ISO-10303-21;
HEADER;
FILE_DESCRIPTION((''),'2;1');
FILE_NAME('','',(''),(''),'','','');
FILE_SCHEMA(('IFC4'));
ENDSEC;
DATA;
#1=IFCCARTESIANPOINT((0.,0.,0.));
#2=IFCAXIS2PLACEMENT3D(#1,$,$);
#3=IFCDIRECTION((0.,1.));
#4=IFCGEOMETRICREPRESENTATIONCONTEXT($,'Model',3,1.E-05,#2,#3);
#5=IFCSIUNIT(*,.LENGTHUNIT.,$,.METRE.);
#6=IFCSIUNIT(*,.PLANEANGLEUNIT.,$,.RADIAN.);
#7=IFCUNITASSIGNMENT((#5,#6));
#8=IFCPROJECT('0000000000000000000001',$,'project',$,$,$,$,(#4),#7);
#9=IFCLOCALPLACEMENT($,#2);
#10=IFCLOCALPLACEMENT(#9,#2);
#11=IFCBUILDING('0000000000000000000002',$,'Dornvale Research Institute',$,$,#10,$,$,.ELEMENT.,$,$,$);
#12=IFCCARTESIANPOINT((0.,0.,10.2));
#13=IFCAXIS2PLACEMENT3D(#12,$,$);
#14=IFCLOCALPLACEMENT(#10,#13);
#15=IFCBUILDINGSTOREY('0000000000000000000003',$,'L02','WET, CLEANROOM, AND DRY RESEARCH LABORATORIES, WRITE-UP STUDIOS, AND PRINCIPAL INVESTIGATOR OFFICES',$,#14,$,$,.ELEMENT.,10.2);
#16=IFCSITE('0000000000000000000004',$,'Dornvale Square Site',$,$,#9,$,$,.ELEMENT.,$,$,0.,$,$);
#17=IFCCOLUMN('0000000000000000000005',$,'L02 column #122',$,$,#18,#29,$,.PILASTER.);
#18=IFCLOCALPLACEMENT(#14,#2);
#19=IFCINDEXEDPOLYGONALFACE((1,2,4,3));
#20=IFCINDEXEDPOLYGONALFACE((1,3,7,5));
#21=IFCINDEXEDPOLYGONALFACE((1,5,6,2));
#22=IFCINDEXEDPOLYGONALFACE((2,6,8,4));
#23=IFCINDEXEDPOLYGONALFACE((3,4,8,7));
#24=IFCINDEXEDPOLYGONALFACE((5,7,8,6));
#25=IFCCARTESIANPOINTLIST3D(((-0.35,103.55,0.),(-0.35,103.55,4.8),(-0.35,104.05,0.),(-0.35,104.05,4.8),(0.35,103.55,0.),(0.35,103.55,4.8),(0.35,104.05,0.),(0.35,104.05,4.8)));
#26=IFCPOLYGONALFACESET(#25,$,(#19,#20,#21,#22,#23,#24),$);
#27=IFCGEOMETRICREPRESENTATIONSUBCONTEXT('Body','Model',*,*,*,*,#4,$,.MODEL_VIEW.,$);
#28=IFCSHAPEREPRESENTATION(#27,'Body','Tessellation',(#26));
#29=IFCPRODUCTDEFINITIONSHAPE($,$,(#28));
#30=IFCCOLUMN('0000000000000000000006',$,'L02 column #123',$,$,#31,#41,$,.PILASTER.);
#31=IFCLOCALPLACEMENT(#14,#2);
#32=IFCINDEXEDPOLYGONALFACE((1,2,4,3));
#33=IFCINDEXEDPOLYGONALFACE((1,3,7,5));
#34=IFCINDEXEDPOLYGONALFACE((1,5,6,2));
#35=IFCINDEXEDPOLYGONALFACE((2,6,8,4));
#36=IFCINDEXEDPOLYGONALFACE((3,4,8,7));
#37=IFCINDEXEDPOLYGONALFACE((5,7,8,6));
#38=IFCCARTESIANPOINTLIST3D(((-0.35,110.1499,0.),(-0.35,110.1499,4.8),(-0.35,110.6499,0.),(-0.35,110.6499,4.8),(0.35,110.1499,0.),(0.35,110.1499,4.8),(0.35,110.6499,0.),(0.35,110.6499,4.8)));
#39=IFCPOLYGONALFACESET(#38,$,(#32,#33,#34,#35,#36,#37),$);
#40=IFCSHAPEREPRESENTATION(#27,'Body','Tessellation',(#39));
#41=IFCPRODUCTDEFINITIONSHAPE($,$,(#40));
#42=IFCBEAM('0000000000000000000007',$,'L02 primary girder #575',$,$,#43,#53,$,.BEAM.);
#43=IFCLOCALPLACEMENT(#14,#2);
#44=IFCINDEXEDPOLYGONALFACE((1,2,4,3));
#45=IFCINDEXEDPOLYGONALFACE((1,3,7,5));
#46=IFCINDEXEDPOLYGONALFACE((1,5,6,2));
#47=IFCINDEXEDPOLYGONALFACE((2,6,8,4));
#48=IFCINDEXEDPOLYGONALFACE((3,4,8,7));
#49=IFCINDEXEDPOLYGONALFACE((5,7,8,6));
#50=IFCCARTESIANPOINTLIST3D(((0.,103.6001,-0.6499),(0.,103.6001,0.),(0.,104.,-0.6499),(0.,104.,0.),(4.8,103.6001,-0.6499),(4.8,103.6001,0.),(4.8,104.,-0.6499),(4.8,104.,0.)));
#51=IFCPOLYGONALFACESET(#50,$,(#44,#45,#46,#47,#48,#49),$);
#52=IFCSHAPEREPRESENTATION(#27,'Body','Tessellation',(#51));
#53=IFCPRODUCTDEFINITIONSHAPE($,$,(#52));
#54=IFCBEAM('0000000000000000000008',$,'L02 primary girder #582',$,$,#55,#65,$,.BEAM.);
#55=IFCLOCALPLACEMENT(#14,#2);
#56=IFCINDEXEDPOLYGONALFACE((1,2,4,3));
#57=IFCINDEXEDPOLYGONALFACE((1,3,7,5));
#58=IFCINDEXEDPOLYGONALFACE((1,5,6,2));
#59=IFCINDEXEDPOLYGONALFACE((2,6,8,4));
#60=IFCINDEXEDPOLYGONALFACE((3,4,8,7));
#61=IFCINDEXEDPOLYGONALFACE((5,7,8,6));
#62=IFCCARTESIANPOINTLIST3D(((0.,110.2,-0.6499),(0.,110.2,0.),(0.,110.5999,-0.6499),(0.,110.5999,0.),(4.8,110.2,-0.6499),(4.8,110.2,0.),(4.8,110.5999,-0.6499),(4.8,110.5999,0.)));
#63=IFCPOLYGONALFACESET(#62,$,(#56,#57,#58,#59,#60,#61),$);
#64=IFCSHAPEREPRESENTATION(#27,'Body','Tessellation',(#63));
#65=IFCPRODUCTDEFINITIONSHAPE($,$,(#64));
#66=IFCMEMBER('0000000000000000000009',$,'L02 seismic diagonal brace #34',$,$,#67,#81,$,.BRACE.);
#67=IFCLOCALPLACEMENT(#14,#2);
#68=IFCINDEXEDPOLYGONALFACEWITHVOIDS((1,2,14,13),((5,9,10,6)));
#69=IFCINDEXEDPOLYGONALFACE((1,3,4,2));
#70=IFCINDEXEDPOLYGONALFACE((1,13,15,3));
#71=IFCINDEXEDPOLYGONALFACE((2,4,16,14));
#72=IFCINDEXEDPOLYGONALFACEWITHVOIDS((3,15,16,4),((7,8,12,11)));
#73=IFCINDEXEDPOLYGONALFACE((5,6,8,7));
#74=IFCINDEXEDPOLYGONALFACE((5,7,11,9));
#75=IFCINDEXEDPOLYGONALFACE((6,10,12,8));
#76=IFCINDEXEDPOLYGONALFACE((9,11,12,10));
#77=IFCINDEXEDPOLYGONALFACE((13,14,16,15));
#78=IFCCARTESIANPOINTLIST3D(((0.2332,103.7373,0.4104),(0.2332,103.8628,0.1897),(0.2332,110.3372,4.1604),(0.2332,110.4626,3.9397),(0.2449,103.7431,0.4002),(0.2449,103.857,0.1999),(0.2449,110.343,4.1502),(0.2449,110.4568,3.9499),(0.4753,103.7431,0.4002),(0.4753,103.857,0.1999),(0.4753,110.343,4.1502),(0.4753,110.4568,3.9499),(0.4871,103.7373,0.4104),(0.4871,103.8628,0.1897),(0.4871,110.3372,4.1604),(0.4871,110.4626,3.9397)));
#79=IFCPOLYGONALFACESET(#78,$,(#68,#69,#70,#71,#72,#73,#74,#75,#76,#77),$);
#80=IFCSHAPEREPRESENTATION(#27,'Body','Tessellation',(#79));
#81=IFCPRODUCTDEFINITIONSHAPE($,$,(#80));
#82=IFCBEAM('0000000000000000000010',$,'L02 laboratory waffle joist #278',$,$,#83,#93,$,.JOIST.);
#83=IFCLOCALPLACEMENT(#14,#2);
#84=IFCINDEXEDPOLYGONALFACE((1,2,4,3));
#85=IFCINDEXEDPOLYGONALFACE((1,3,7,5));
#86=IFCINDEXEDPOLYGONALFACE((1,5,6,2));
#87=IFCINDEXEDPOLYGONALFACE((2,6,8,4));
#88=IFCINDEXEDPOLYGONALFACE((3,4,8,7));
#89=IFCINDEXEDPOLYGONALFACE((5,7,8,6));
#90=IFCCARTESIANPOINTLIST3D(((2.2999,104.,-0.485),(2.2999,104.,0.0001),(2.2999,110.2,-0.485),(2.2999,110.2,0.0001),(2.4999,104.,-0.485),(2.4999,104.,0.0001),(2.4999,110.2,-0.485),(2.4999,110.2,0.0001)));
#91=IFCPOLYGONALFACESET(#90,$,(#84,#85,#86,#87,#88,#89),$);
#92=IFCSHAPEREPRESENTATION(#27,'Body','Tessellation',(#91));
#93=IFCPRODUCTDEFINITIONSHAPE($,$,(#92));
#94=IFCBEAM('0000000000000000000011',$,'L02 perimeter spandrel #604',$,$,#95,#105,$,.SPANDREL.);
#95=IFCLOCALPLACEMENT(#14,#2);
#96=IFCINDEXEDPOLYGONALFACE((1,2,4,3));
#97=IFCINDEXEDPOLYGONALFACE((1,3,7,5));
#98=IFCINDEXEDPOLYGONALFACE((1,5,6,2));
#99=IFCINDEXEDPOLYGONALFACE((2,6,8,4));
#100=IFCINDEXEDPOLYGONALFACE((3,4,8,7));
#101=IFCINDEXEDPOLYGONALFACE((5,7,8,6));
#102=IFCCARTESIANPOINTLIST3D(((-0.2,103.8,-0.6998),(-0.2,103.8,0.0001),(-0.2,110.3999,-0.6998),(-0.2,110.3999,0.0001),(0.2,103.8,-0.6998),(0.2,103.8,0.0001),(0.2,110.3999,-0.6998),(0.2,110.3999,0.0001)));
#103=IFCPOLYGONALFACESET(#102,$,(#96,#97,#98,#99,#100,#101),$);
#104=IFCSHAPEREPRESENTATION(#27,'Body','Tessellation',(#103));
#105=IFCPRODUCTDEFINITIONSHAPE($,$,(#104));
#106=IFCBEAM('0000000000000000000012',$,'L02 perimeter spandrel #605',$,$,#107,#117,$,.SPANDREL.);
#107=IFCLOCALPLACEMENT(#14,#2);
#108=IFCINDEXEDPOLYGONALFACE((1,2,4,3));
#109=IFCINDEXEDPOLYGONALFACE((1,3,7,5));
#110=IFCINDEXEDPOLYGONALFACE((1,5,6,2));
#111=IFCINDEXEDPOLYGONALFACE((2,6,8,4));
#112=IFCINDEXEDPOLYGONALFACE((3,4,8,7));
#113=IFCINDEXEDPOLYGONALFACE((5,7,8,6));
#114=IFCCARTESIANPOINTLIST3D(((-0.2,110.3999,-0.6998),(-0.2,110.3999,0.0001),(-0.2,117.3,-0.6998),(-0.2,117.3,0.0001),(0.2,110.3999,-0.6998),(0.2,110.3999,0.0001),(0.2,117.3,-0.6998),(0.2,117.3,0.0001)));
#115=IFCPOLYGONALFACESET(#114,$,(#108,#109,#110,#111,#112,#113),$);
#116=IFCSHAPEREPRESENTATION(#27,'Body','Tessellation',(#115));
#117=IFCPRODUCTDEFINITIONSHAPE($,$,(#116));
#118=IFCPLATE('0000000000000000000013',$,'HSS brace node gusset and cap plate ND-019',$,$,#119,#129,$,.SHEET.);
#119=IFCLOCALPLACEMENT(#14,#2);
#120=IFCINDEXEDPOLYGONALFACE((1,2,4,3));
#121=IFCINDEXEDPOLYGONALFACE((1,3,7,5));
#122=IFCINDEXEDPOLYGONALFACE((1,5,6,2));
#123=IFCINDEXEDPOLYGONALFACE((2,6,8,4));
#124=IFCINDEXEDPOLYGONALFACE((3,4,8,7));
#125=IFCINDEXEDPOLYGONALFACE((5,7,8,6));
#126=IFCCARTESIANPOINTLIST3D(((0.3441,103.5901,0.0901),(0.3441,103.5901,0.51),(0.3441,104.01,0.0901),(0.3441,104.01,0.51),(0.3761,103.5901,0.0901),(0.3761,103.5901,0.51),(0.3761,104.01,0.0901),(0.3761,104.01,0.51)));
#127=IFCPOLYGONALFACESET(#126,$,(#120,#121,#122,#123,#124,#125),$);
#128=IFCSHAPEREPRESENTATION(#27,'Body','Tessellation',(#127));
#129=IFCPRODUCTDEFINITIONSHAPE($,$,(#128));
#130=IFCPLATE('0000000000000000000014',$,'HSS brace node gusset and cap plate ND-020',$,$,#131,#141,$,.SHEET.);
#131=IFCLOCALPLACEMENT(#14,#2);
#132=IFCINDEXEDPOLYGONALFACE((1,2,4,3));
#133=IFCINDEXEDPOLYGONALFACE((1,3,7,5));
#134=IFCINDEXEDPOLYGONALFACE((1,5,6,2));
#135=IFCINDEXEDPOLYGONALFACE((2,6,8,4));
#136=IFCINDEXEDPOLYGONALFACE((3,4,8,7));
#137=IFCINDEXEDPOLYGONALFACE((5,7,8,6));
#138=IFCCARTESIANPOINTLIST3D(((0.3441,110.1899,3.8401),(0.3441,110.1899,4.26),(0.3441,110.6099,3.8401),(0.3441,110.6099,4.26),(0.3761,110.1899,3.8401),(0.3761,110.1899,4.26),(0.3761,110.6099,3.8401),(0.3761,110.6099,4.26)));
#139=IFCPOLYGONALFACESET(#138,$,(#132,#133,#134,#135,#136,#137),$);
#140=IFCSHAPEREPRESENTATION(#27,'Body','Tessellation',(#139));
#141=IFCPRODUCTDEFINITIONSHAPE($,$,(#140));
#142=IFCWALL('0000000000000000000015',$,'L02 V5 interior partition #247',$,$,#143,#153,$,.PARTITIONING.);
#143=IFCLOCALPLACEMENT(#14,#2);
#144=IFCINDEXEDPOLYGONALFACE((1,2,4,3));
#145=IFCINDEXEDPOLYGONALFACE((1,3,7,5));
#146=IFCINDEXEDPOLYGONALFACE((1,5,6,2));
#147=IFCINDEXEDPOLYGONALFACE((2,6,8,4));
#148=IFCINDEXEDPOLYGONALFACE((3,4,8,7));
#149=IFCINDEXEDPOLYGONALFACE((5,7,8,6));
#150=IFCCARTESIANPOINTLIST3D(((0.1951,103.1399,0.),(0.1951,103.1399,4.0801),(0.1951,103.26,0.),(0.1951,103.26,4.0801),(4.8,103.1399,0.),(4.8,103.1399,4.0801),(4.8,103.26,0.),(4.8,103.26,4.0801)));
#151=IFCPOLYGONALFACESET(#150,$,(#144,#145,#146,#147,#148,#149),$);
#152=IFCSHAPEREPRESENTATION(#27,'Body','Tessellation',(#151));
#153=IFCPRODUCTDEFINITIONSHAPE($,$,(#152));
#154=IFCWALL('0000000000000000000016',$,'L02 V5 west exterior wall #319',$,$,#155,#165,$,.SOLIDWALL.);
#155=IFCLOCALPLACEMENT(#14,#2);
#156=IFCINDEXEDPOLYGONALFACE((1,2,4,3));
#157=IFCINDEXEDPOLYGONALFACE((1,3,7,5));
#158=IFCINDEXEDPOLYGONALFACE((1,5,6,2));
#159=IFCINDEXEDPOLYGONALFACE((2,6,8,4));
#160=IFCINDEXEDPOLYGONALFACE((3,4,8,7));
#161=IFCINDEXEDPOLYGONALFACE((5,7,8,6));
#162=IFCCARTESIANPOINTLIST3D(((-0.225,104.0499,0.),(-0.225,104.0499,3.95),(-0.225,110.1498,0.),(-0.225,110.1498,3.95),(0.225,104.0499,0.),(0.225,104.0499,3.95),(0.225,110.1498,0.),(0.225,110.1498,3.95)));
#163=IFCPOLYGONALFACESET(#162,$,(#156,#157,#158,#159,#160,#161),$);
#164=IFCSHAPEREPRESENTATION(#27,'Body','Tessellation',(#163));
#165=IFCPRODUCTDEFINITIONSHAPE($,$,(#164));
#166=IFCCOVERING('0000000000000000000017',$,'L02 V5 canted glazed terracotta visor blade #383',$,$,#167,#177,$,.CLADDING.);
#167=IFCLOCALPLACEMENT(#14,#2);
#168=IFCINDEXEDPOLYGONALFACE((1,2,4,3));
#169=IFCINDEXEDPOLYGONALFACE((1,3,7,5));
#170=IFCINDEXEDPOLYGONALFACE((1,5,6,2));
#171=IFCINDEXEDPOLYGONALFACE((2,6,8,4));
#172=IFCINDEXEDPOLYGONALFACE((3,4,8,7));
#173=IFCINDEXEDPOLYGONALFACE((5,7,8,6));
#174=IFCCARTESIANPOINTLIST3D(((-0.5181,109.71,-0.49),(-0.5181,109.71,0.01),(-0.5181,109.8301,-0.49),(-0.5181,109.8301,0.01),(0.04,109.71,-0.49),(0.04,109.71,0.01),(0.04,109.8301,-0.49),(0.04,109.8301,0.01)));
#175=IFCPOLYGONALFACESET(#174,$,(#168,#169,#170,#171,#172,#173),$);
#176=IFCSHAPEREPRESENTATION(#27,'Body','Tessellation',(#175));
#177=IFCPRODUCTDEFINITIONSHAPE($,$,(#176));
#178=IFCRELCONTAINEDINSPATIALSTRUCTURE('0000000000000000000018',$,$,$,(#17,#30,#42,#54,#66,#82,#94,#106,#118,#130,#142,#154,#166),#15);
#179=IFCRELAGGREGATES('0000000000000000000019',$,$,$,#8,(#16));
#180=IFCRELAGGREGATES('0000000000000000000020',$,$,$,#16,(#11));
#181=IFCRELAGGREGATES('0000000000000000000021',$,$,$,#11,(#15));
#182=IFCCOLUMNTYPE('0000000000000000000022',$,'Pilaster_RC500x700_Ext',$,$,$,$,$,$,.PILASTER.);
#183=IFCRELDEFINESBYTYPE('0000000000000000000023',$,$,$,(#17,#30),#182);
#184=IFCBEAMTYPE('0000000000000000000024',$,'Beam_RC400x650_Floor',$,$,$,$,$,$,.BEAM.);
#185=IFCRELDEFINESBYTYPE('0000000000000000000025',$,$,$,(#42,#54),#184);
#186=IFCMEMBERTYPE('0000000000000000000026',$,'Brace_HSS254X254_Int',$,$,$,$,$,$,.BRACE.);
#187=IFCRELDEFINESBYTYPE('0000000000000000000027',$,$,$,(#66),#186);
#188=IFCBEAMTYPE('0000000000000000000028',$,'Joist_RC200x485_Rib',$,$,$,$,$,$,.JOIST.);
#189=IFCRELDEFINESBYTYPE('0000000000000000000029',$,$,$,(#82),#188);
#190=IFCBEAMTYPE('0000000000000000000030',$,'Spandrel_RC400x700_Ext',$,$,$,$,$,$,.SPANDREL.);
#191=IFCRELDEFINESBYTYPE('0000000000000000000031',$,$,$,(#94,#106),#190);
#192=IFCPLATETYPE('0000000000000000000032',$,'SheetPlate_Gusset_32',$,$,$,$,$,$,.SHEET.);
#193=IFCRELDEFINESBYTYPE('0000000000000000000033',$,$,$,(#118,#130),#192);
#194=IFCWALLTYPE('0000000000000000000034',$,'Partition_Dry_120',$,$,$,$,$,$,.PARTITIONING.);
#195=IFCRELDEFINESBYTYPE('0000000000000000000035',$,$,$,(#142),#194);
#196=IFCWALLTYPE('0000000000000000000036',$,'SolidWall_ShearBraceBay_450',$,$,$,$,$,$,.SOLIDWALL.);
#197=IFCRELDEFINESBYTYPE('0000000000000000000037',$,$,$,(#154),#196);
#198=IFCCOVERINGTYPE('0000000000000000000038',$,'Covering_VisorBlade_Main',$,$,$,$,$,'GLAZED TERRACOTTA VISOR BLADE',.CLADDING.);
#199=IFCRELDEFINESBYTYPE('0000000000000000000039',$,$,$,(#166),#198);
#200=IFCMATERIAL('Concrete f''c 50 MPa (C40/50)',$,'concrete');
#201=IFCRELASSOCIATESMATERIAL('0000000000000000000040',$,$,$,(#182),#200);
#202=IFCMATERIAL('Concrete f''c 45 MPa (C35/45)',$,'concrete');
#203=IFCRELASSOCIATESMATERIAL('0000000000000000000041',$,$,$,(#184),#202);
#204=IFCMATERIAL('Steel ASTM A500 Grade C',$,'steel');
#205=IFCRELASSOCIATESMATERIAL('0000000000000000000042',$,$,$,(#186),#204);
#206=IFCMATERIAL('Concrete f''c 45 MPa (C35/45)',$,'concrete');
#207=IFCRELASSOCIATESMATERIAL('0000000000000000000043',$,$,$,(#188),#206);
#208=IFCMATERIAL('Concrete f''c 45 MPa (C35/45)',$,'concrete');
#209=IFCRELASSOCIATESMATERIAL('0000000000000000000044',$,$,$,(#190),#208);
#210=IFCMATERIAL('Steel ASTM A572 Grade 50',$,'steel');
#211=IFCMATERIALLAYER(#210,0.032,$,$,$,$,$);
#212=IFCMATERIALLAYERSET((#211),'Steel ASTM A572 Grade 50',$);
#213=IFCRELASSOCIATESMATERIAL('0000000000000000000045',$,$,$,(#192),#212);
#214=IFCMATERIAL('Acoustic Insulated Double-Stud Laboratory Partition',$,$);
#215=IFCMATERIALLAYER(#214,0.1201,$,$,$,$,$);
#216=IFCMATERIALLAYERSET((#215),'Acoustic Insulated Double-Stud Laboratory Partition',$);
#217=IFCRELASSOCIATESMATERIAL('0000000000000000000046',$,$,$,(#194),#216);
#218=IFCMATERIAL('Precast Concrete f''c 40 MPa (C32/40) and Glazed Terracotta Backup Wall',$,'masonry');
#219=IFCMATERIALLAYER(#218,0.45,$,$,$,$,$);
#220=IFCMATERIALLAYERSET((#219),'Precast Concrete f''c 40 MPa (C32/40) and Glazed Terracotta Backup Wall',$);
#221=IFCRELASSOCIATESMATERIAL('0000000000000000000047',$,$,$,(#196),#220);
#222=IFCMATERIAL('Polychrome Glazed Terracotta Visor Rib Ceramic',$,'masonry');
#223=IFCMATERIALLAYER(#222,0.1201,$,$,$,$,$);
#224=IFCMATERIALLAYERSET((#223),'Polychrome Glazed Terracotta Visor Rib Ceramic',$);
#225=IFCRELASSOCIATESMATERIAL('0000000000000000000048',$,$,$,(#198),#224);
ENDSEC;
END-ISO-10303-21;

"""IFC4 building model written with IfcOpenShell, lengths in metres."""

from ifc_helpers import new_model, si_unit, direction, frame, frame_2d, origin, origin_2d, place, context, subcontext, project, spatial, rectangle, hollow_rectangle, extrude, material, layer, layer_set, material_profile, profile_set, type_object, element, save


model = new_model("IFC4")

# Units and contexts
model_context = context("Model", 3, precision=1e-05, world=origin(), true_north=direction((0.0, 1.0)))
body_context = subcontext(model_context, "Body", "Model", "MODEL_VIEW")
ifc_project = project(units=[si_unit("LENGTHUNIT", "METRE"), si_unit("PLANEANGLEUNIT", "RADIAN")], contexts=[model_context])

# Site, building, storey
site_placement = place(None, origin())
site = spatial("IfcSite", under=ifc_project, at=site_placement, Name="Dornvale Square Site", CompositionType="ELEMENT", RefElevation=0.0)
building_placement = place(site_placement, origin())
building = spatial("IfcBuilding", under=site, at=building_placement, Name="Dornvale Research Institute", CompositionType="ELEMENT")
storey_placement = place(building_placement, frame((0.0, 0.0, 10.2)))
storey = spatial("IfcBuildingStorey", under=building, at=storey_placement, Name="L02", Description="WET, CLEANROOM, AND DRY RESEARCH LABORATORIES, WRITE-UP STUDIOS, AND PRINCIPAL INVESTIGATOR OFFICES", CompositionType="ELEMENT", Elevation=10.2)

# Columns
ifc_material_1 = material(Name="Concrete f'c 50 MPa (C40/50)", Category="concrete")
ifc_material_profile_1 = material_profile(ifc_material_1, rectangle(XDim=0.5, YDim=0.7, at=origin_2d()), Name="RC 500x700")
ifc_profile_set_1 = profile_set([ifc_material_profile_1], Name="Concrete f'c 50 MPa (C40/50)")
column_type = type_object("IfcColumnType", Name="Pilaster_RC500x700_Ext", PredefinedType="PILASTER", material=ifc_profile_set_1)
for number, where, z_axis, x_axis, name in (
    (1, (0.0, 103.8, 0.0), (0.0, 0.0, 1.0), (0.0, 1.0, 0.0), "L02 column #122"),
    (2, (0.0, 110.3999, 0.0), (0.0, 0.0, 1.0), (0.0, 1.0, 0.0), "L02 column #123"),
):
    element("IfcColumn", number, at=place(storey_placement, frame(where, z_axis=z_axis, x_axis=x_axis)), inside=storey, type_object=column_type, Name=name, PredefinedType="PILASTER", context=body_context, shape_type="SweptSolid", body=[
        extrude(rectangle(XDim=0.5, YDim=0.7, at=origin_2d()), origin(), (0.0, 0.0, 1.0), 4.8),
    ])

# Beams
ifc_material_2 = material(Name="Concrete f'c 45 MPa (C35/45)", Category="concrete")
ifc_material_profile_2 = material_profile(ifc_material_2, rectangle(XDim=0.3999, YDim=0.6499, at=origin_2d()), Name="RC 400x650")
ifc_profile_set_2 = profile_set([ifc_material_profile_2], Name="Concrete f'c 45 MPa (C35/45)")
beam_type_1 = type_object("IfcBeamType", Name="Beam_RC400x650_Floor", PredefinedType="BEAM", material=ifc_profile_set_2)
for number, where, z_axis, x_axis, name in (
    (3, (0.0, 103.8, -0.325), (1.0, 0.0, 0.0), (0.0, 1.0, 0.0), "L02 primary girder #575"),
    (4, (0.0, 110.3999, -0.325), (1.0, 0.0, 0.0), (0.0, 1.0, 0.0), "L02 primary girder #582"),
):
    element("IfcBeam", number, at=place(storey_placement, frame(where, z_axis=z_axis, x_axis=x_axis)), inside=storey, type_object=beam_type_1, Name=name, PredefinedType="BEAM", context=body_context, shape_type="SweptSolid", body=[
        extrude(rectangle(XDim=0.3999, YDim=0.6499, at=origin_2d()), origin(), (0.0, 0.0, 1.0), 4.8),
    ])

# Member
ifc_material_3 = material(Name="Steel ASTM A500 Grade C", Category="steel")
ifc_material_profile_3 = material_profile(ifc_material_3, hollow_rectangle(XDim=0.2539, YDim=0.2539, WallThickness=0.0117, at=origin_2d()), Name="HSS254X254X12.7")
ifc_profile_set_3 = profile_set([ifc_material_profile_3], Name="Steel ASTM A500 Grade C")
member_type = type_object("IfcMemberType", Name="Brace_HSS254X254_Int", PredefinedType="BRACE", material=ifc_profile_set_3)
member_placement = place(storey_placement, frame((0.3601, 103.8, 0.3), z_axis=(0.0, 0.869452, 0.494018), x_axis=(-1.0, 0.0, 0.0)))
element("IfcMember", 5, at=member_placement, inside=storey, type_object=member_type, Name="L02 seismic diagonal brace #34", PredefinedType="BRACE", context=body_context, shape_type="SweptSolid", body=[
    extrude(hollow_rectangle(XDim=0.2539, YDim=0.2539, WallThickness=0.0117, at=origin_2d()), origin(), (0.0, 0.0, 1.0), 7.5908),
])

# Beams
ifc_material_4 = material(Name="Concrete f'c 45 MPa (C35/45)", Category="concrete")
ifc_material_profile_4 = material_profile(ifc_material_4, rectangle(XDim=0.2, YDim=0.4851, at=origin_2d()), Name="RC 200x485")
ifc_profile_set_4 = profile_set([ifc_material_profile_4], Name="Concrete f'c 45 MPa (C35/45)")
beam_type_2 = type_object("IfcBeamType", Name="Joist_RC200x485_Rib", PredefinedType="JOIST", material=ifc_profile_set_4)
beam_1_placement = place(storey_placement, frame((2.3999, 104.0, -0.2424), z_axis=(0.0, 1.0, 0.0), x_axis=(-1.0, 0.0, 0.0)))
element("IfcBeam", 6, at=beam_1_placement, inside=storey, type_object=beam_type_2, Name="L02 laboratory waffle joist #278", PredefinedType="JOIST", context=body_context, shape_type="SweptSolid", body=[
    extrude(rectangle(XDim=0.2, YDim=0.4851, at=origin_2d()), origin(), (0.0, 0.0, 1.0), 6.2),
])
ifc_material_5 = material(Name="Concrete f'c 45 MPa (C35/45)", Category="concrete")
ifc_material_profile_5 = material_profile(ifc_material_5, rectangle(XDim=0.3999, YDim=0.7, at=origin_2d()), Name="RC 400x700")
ifc_profile_set_5 = profile_set([ifc_material_profile_5], Name="Concrete f'c 45 MPa (C35/45)")
beam_type_3 = type_object("IfcBeamType", Name="Spandrel_RC400x700_Ext", PredefinedType="SPANDREL", material=ifc_profile_set_5)
beam_2_placement = place(storey_placement, frame((0.0, 103.8, -0.3499), z_axis=(0.0, 1.0, 0.0), x_axis=(-1.0, 0.0, 0.0)))
element("IfcBeam", 7, at=beam_2_placement, inside=storey, type_object=beam_type_3, Name="L02 perimeter spandrel #604", PredefinedType="SPANDREL", context=body_context, shape_type="SweptSolid", body=[
    extrude(rectangle(XDim=0.3999, YDim=0.7, at=origin_2d()), origin(), (0.0, 0.0, 1.0), 6.5999),
])
beam_3_placement = place(storey_placement, frame((0.0, 110.3999, -0.3499), z_axis=(0.0, 1.0, 0.0), x_axis=(-1.0, 0.0, 0.0)))
element("IfcBeam", 8, at=beam_3_placement, inside=storey, type_object=beam_type_3, Name="L02 perimeter spandrel #605", PredefinedType="SPANDREL", context=body_context, shape_type="SweptSolid", body=[
    extrude(rectangle(XDim=0.3999, YDim=0.7, at=origin_2d()), origin(), (0.0, 0.0, 1.0), 6.9001),
])

# Plates
ifc_material_6 = material(Name="Steel ASTM A572 Grade 50", Category="steel")
ifc_layer_1 = layer(ifc_material_6, 0.032)
ifc_layer_set_1 = layer_set([ifc_layer_1], Name="Steel ASTM A572 Grade 50")
plate_type = type_object("IfcPlateType", Name="SheetPlate_Gusset_32", PredefinedType="SHEET", material=ifc_layer_set_1)
for number, where, z_axis, x_axis, name in (
    (9, (0.3601, 103.8, 0.0901), (0.0, 0.0, 1.0), (0.0, 1.0, 0.0), "HSS brace node gusset and cap plate ND-019"),
    (10, (0.3601, 110.3999, 3.8401), (0.0, 0.0, 1.0), (0.0, 1.0, 0.0), "HSS brace node gusset and cap plate ND-020"),
):
    element("IfcPlate", number, at=place(storey_placement, frame(where, z_axis=z_axis, x_axis=x_axis)), inside=storey, type_object=plate_type, Name=name, PredefinedType="SHEET", context=body_context, shape_type="SweptSolid", body=[
        extrude(rectangle(XDim=0.4199, YDim=0.032, at=origin_2d()), origin(), (0.0, 0.0, 1.0), 0.4199),
    ])

# Walls
ifc_material_7 = material(Name="Acoustic Insulated Double-Stud Laboratory Partition")
ifc_layer_2 = layer(ifc_material_7, 0.1201)
ifc_layer_set_2 = layer_set([ifc_layer_2], Name="Acoustic Insulated Double-Stud Laboratory Partition")
wall_type_1 = type_object("IfcWallType", Name="Partition_Dry_120", PredefinedType="PARTITIONING", material=ifc_layer_set_2)
wall_1_placement = place(storey_placement, frame((0.1951, 103.2, 0.0), z_axis=(0.0, 0.0, 1.0), x_axis=(1.0, 0.0, 0.0)))
element("IfcWall", 11, at=wall_1_placement, inside=storey, type_object=wall_type_1, Name="L02 V5 interior partition #247", PredefinedType="PARTITIONING", context=body_context, shape_type="SweptSolid", body=[
    extrude(rectangle(XDim=4.605, YDim=0.1201, at=frame_2d((2.3025, 0.0))), origin(), (0.0, 0.0, 1.0), 4.0801),
])
ifc_material_8 = material(Name="Precast Concrete f'c 40 MPa (C32/40) and Glazed Terracotta Backup Wall", Category="masonry")
ifc_layer_3 = layer(ifc_material_8, 0.45)
ifc_layer_set_3 = layer_set([ifc_layer_3], Name="Precast Concrete f'c 40 MPa (C32/40) and Glazed Terracotta Backup Wall")
wall_type_2 = type_object("IfcWallType", Name="SolidWall_ShearBraceBay_450", PredefinedType="SOLIDWALL", material=ifc_layer_set_3)
wall_2_placement = place(storey_placement, frame((0.0, 104.05, 0.0), z_axis=(0.0, 0.0, 1.0), x_axis=(0.0, 1.0, 0.0)))
element("IfcWall", 12, at=wall_2_placement, inside=storey, type_object=wall_type_2, Name="L02 V5 west exterior wall #319", PredefinedType="SOLIDWALL", context=body_context, shape_type="SweptSolid", body=[
    extrude(rectangle(XDim=6.0999, YDim=0.45, at=frame_2d((3.0498, 0.0))), origin(), (0.0, 0.0, 1.0), 3.95),
])

# Covering
ifc_material_9 = material(Name="Polychrome Glazed Terracotta Visor Rib Ceramic", Category="masonry")
ifc_layer_4 = layer(ifc_material_9, 0.1201)
ifc_layer_set_4 = layer_set([ifc_layer_4], Name="Polychrome Glazed Terracotta Visor Rib Ceramic")
covering_type = type_object("IfcCoveringType", Name="Covering_VisorBlade_Main", ElementType="GLAZED TERRACOTTA VISOR BLADE", PredefinedType="CLADDING", material=ifc_layer_set_4)
covering_1_placement = place(storey_placement, frame((-0.239, 109.77, -0.49), z_axis=(0.0, 0.0, 1.0), x_axis=(1.0, 0.0, 0.0)))
element("IfcCovering", 13, at=covering_1_placement, inside=storey, type_object=covering_type, Name="L02 V5 canted glazed terracotta visor blade #383", PredefinedType="CLADDING", context=body_context, shape_type="SweptSolid", body=[
    extrude(rectangle(XDim=0.5581, YDim=0.1201, at=origin_2d()), origin(), (0.0, 0.0, 1.0), 0.5),
])

save(model, "model.ifc")
